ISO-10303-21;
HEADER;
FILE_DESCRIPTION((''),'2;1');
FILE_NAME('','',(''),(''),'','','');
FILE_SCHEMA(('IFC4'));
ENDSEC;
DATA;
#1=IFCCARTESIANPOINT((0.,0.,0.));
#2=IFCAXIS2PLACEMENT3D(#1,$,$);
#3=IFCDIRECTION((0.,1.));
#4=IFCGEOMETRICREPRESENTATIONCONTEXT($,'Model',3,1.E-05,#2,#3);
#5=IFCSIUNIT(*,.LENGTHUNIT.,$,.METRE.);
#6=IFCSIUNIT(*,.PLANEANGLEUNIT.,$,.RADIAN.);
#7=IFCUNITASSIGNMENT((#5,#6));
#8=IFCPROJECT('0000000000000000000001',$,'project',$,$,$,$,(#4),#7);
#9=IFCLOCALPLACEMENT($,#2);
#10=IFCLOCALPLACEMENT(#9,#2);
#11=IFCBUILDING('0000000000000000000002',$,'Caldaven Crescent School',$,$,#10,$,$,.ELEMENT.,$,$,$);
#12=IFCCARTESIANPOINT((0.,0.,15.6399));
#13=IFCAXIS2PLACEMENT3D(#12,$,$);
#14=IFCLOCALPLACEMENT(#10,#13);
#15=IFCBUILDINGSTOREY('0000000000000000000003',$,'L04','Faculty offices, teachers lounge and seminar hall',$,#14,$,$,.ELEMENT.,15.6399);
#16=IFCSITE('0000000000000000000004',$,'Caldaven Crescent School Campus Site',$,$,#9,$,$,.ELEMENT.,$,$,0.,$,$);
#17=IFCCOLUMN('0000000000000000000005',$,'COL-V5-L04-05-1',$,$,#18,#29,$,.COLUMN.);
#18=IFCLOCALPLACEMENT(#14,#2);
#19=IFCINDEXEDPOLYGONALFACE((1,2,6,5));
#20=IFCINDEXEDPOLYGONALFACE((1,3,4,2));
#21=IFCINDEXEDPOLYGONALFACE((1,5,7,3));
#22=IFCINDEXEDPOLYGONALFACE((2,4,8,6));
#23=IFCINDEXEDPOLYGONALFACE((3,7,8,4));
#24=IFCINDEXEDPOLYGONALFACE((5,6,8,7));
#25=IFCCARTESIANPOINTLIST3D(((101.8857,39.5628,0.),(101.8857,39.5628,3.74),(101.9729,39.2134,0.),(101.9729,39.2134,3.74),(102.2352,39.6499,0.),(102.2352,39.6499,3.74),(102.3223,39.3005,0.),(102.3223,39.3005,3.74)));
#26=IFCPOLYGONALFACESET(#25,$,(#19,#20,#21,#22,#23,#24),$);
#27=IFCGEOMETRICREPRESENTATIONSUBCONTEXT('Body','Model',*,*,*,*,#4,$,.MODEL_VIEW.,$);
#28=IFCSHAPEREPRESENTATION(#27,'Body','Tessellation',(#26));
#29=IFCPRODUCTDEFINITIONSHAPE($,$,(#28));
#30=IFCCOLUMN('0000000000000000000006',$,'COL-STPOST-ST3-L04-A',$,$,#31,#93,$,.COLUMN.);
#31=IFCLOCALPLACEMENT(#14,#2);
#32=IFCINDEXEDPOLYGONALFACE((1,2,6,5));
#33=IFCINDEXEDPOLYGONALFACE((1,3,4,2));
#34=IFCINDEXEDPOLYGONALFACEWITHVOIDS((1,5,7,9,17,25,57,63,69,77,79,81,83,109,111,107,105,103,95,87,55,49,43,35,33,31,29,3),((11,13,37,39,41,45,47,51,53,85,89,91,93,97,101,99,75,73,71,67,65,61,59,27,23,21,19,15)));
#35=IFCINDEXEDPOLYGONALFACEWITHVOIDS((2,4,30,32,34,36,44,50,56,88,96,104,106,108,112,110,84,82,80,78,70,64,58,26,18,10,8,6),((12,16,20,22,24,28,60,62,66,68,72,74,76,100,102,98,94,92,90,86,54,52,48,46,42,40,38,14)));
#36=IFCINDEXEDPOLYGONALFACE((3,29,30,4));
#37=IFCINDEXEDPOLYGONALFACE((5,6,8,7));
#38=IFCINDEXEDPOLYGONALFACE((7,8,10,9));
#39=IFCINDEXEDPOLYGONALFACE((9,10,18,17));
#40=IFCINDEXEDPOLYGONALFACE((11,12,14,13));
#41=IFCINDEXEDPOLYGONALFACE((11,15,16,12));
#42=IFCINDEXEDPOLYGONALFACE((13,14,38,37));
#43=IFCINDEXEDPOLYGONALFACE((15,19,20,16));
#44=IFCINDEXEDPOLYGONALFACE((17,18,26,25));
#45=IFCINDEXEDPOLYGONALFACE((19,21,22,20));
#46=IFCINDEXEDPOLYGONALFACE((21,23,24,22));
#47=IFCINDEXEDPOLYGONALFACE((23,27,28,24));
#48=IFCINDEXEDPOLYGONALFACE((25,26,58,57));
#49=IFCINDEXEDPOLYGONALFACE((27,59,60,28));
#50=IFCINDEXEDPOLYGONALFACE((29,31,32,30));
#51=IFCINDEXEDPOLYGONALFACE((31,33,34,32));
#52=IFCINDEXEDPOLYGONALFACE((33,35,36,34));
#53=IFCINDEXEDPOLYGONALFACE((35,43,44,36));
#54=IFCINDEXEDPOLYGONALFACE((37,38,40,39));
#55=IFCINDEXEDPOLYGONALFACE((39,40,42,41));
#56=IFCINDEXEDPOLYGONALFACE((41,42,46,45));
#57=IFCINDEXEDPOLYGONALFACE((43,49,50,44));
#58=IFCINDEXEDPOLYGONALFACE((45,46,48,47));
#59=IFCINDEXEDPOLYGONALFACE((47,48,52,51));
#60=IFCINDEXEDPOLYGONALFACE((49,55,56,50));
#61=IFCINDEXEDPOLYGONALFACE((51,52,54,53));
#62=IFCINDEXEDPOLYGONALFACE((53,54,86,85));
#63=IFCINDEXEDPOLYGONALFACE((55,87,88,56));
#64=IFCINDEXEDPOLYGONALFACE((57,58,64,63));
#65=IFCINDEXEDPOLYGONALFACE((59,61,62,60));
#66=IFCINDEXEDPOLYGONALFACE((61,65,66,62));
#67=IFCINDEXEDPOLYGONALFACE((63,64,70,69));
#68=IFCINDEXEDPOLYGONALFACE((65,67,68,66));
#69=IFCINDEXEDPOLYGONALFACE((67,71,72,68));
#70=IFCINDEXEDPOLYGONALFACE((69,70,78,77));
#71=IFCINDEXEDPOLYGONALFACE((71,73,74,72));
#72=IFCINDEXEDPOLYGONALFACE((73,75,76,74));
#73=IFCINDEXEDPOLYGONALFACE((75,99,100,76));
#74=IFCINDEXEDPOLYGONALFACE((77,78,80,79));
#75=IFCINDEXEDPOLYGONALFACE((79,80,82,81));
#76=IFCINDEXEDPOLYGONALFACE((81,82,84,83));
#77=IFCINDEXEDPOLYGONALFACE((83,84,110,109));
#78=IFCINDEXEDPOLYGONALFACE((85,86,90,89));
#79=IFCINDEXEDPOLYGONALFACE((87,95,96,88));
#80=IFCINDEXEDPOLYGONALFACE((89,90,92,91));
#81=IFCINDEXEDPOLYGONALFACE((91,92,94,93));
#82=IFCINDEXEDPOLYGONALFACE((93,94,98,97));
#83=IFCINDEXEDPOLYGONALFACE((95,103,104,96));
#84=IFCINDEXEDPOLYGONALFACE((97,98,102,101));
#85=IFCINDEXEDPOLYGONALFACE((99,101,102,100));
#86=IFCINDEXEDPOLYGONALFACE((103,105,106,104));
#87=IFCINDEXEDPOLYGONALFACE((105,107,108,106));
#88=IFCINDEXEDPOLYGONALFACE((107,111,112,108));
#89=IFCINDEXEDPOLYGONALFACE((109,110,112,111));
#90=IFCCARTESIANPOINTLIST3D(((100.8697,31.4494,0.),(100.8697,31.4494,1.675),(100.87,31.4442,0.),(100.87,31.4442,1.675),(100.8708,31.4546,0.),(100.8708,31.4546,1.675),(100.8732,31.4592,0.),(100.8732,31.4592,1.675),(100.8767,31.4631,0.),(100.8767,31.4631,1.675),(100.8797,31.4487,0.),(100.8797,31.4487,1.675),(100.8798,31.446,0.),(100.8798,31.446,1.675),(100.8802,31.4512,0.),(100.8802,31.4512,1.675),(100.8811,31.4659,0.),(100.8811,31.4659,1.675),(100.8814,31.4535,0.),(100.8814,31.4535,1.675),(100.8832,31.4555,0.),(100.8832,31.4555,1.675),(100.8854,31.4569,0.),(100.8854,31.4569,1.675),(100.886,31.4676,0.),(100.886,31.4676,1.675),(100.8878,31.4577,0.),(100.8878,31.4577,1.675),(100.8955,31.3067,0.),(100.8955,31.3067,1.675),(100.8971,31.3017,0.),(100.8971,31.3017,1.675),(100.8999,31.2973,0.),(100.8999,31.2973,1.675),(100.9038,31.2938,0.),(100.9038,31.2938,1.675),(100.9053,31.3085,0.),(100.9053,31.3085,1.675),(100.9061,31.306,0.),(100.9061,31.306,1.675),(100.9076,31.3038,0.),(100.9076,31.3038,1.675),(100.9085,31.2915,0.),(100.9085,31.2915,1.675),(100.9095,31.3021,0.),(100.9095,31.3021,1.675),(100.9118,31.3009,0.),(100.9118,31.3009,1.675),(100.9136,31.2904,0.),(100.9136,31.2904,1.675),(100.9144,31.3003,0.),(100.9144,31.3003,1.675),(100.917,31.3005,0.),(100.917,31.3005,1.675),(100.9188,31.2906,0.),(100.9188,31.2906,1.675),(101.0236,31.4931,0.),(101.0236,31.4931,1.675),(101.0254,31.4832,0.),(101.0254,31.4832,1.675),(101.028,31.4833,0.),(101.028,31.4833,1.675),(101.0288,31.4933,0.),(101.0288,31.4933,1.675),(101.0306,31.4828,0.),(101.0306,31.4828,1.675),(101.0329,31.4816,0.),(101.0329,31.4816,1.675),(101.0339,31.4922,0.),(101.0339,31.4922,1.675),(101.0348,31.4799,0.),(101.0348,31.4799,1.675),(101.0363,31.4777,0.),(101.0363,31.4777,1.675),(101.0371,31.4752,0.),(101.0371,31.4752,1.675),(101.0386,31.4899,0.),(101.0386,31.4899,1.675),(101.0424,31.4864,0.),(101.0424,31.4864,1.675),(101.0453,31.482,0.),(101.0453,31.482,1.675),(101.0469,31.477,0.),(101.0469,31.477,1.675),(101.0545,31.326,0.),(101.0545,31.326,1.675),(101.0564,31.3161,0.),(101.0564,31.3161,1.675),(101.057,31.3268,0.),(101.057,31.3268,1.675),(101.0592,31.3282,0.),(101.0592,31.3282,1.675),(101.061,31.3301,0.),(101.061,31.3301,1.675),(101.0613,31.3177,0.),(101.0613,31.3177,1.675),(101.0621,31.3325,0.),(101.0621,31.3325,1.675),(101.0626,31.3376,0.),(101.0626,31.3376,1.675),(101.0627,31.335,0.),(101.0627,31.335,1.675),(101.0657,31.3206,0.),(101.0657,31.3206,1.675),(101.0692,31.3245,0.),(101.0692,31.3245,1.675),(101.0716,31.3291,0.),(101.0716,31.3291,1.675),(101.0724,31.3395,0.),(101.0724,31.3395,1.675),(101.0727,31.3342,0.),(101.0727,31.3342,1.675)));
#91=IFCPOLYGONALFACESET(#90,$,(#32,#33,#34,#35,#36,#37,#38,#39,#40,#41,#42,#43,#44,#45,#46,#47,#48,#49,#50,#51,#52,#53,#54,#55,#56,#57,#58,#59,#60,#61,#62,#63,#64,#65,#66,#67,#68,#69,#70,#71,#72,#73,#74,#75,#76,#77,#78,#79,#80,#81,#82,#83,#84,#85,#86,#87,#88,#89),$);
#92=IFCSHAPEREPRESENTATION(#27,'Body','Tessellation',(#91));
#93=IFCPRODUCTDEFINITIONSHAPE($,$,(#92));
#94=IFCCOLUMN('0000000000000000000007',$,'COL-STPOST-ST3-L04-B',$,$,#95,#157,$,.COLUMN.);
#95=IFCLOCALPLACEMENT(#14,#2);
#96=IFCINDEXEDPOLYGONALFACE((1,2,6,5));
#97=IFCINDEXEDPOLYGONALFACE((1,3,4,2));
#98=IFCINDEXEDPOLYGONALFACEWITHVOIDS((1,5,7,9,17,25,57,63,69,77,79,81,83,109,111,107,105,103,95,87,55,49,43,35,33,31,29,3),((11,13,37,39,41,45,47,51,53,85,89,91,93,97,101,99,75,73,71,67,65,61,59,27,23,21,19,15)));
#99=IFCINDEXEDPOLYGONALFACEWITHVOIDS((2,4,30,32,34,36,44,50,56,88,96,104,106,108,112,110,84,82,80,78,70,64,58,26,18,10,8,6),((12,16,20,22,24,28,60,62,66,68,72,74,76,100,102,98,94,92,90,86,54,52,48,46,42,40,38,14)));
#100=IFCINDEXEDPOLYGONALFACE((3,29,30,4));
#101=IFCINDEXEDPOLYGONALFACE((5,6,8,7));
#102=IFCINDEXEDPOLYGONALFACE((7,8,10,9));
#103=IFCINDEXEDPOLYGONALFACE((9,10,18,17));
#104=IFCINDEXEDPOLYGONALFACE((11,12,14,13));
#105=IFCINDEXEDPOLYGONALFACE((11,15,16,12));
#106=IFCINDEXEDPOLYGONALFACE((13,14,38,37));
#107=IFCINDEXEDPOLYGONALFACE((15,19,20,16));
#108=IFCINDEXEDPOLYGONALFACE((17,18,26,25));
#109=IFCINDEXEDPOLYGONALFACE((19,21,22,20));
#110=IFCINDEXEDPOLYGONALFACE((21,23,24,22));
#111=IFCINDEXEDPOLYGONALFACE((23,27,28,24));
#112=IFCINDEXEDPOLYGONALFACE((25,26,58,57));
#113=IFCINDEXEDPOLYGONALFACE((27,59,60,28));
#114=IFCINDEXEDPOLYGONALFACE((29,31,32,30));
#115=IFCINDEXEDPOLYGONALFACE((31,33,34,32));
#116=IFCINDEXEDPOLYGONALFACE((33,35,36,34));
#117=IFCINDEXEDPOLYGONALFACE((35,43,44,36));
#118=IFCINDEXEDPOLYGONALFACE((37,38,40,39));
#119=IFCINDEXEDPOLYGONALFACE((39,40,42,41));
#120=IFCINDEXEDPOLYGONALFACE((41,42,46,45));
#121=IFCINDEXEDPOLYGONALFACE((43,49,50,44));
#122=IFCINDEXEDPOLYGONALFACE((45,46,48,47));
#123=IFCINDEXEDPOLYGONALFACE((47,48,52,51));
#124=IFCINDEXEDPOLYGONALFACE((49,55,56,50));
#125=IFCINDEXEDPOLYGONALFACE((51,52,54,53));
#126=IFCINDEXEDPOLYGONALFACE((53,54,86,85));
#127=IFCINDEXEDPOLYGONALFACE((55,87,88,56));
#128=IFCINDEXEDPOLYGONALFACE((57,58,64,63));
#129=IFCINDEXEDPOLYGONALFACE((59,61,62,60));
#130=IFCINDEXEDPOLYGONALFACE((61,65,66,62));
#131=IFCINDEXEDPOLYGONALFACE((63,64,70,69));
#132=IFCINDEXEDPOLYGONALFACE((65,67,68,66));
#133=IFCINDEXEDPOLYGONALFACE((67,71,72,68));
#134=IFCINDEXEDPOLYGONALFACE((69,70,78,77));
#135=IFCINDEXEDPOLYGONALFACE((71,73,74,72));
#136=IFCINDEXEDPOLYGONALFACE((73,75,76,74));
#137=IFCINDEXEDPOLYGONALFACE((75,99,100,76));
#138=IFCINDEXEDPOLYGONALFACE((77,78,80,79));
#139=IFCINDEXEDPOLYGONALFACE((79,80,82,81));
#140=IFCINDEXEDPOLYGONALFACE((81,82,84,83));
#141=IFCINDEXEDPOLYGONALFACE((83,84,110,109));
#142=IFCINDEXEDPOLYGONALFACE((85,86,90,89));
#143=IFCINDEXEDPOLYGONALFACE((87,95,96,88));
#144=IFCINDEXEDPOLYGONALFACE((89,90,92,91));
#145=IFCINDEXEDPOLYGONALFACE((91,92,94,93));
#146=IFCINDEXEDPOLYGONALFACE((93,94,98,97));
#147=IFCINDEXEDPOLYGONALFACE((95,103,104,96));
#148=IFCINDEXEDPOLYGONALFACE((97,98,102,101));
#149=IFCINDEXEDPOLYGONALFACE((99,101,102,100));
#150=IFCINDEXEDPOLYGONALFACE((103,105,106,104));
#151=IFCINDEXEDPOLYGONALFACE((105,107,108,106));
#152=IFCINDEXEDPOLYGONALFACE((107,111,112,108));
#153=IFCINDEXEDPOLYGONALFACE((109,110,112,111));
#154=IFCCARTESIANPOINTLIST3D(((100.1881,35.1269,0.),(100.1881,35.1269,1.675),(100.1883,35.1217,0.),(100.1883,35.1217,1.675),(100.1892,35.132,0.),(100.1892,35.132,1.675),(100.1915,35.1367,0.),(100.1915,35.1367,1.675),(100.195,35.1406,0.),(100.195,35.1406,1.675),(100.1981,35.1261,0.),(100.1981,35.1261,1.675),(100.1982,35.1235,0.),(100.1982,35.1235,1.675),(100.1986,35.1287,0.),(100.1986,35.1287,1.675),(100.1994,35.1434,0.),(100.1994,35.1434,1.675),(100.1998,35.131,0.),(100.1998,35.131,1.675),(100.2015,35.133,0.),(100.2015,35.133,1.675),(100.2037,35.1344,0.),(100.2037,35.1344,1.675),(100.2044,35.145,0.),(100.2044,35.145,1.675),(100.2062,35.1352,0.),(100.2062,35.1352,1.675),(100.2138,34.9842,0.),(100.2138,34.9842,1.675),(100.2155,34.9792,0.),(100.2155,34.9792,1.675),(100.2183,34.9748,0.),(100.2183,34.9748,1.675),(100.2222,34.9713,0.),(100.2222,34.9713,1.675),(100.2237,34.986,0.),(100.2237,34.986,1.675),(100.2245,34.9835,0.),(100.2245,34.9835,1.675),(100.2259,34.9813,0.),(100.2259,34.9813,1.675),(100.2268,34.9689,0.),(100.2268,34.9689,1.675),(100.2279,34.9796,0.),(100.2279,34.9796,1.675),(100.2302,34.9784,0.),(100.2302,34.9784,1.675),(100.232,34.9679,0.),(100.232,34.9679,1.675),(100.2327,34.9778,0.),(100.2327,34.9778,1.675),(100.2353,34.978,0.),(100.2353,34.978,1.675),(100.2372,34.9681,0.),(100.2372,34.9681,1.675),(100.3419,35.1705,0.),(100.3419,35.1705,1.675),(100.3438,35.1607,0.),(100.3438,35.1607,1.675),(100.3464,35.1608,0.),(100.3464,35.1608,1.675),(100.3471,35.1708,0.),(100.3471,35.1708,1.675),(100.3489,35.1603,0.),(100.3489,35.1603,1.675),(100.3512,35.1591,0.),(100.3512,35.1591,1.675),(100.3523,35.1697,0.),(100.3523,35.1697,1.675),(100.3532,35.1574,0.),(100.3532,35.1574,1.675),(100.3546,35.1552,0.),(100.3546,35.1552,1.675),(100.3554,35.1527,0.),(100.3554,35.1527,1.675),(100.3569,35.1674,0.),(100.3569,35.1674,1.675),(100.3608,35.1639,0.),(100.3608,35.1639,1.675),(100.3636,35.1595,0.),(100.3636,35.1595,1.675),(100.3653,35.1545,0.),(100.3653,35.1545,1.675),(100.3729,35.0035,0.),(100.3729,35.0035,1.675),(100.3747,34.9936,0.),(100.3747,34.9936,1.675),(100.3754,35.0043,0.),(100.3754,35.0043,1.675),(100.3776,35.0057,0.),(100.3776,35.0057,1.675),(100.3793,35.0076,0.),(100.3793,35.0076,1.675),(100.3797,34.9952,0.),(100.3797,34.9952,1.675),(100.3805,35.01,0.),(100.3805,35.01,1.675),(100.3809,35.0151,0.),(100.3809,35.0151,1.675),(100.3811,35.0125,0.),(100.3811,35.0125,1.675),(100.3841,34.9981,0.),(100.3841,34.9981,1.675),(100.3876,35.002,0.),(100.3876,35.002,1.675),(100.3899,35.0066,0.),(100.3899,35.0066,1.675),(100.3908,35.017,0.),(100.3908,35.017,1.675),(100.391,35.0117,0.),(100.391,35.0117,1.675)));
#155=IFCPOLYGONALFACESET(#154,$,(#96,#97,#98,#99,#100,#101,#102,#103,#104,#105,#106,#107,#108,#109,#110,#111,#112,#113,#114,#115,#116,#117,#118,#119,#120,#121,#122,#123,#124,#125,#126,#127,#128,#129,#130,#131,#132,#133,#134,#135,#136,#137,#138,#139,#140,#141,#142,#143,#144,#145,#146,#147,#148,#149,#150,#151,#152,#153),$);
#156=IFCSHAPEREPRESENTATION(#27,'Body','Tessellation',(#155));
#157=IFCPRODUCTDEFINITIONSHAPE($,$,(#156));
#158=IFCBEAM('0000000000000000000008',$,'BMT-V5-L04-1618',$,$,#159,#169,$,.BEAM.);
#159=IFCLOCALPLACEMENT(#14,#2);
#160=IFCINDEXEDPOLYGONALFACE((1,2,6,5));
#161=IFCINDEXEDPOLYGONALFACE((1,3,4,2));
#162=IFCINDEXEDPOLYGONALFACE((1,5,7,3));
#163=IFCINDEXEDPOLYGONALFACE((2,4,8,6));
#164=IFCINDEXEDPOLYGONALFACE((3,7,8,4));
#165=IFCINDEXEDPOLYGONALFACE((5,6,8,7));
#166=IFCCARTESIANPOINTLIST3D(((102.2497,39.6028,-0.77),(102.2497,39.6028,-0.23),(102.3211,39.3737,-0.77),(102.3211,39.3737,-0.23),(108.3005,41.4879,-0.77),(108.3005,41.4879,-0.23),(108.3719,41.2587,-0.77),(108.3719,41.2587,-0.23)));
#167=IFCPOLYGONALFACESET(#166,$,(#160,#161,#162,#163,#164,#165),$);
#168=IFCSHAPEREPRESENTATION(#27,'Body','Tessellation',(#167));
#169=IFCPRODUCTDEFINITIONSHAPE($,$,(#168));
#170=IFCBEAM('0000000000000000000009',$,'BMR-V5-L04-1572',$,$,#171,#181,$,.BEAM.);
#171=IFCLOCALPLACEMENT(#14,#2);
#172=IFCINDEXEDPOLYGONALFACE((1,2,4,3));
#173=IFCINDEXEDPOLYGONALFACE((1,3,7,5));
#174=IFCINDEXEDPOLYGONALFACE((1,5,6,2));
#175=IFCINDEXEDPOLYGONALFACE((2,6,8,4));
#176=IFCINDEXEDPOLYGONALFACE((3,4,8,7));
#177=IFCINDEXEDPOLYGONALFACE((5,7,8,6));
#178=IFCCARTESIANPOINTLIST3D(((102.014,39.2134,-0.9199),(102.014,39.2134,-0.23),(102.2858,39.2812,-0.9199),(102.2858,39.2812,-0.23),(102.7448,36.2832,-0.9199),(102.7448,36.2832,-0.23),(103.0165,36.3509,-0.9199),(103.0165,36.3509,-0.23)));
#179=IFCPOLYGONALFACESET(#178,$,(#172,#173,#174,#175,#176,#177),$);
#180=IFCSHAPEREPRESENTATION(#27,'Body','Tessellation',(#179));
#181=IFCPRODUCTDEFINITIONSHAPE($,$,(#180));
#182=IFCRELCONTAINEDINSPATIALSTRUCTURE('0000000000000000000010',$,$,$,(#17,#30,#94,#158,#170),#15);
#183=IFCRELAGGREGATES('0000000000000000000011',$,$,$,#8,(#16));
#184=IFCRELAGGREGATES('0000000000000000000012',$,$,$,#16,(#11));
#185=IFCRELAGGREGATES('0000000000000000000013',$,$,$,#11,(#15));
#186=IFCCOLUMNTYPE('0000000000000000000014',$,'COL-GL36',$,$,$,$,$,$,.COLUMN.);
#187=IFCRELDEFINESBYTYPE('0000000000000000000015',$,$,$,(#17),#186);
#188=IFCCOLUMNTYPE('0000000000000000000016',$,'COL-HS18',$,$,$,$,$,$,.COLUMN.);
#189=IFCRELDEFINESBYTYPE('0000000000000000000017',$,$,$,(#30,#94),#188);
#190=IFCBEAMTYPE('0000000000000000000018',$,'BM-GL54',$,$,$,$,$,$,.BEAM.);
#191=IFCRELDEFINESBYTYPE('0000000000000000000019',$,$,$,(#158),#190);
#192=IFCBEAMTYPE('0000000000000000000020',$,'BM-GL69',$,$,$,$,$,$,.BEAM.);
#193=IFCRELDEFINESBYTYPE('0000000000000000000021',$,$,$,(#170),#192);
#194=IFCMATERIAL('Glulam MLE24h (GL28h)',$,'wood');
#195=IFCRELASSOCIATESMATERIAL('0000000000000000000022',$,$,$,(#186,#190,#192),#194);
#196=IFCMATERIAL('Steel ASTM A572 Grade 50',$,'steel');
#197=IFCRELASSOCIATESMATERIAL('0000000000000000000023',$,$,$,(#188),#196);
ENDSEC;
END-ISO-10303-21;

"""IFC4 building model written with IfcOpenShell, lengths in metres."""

from ifc_helpers import new_model, si_unit, direction, frame, origin, origin_2d, place, context, subcontext, project, spatial, rectangle, hollow_rectangle, extrude, material, material_profile, profile_set, type_object, element, save


model = new_model("IFC4")

# Units and contexts
model_context = context("Model", 3, precision=1e-05, world=origin(), true_north=direction((0.0, 1.0)))
body_context = subcontext(model_context, "Body", "Model", "MODEL_VIEW")
ifc_project = project(units=[si_unit("LENGTHUNIT", "METRE"), si_unit("PLANEANGLEUNIT", "RADIAN")], contexts=[model_context])

# Site, building, storey
site_placement = place(None, origin())
site = spatial("IfcSite", under=ifc_project, at=site_placement, Name="Caldaven Crescent School Campus Site", CompositionType="ELEMENT", RefElevation=0.0)
building_placement = place(site_placement, origin())
building = spatial("IfcBuilding", under=site, at=building_placement, Name="Caldaven Crescent School", CompositionType="ELEMENT")
storey_placement = place(building_placement, frame((0.0, 0.0, 15.6399)))
storey = spatial("IfcBuildingStorey", under=building, at=storey_placement, Name="L04", Description="Faculty offices, teachers lounge and seminar hall", CompositionType="ELEMENT", Elevation=15.6399)

# Columns
ifc_material_1 = material(Name="Glulam MLE24h (GL28h)", Category="wood")
ifc_material_profile_1 = material_profile(ifc_material_1, rectangle(XDim=0.3601, YDim=0.3601, at=origin_2d()), Name="MLE 360x360")
ifc_profile_set_1 = profile_set([ifc_material_profile_1], Name="Glulam MLE24h (GL28h)")
column_type_1 = type_object("IfcColumnType", Name="COL-GL36", PredefinedType="COLUMN", material=ifc_profile_set_1)
column_placement = place(storey_placement, frame((102.104, 39.4316, 0.0), z_axis=(0.0, 0.0, 1.0), x_axis=(0.241922, -0.970296, 0.0)))
element("IfcColumn", 1, at=column_placement, inside=storey, type_object=column_type_1, Name="COL-V5-L04-05-1", PredefinedType="COLUMN", context=body_context, shape_type="SweptSolid", body=[
    extrude(rectangle(XDim=0.3601, YDim=0.3601, at=origin_2d()), origin(), (0.0, 0.0, 1.0), 3.74),
])
ifc_material_2 = material(Name="Steel ASTM A572 Grade 50", Category="steel")
ifc_material_profile_2 = material_profile(ifc_material_2, hollow_rectangle(XDim=0.1799, YDim=0.1799, WallThickness=0.01, InnerFilletRadius=0.01, OuterFilletRadius=0.02, at=origin_2d()), Name="HSS 180x180x10")
ifc_profile_set_2 = profile_set([ifc_material_profile_2], Name="Steel ASTM A572 Grade 50")
column_type_2 = type_object("IfcColumnType", Name="COL-HS18", PredefinedType="COLUMN", material=ifc_profile_set_2)
for number, where, z_axis, x_axis, name in (
    (2, (100.9712, 31.3918, 0.0), (0.0, 0.0, 1.0), (0.983255, 0.182236, 0.0), "COL-STPOST-ST3-L04-A"),
    (3, (100.2896, 35.0693, 0.0), (0.0, 0.0, 1.0), (0.983255, 0.182236, 0.0), "COL-STPOST-ST3-L04-B"),
):
    element("IfcColumn", number, at=place(storey_placement, frame(where, z_axis=z_axis, x_axis=x_axis)), inside=storey, type_object=column_type_2, Name=name, PredefinedType="COLUMN", context=body_context, shape_type="SweptSolid", body=[
        extrude(hollow_rectangle(XDim=0.1799, YDim=0.1799, WallThickness=0.01, InnerFilletRadius=0.01, OuterFilletRadius=0.02, at=origin_2d()), origin(), (0.0, 0.0, 1.0), 1.675),
    ])

# Beams
ifc_material_profile_3 = material_profile(ifc_material_1, rectangle(XDim=0.24, YDim=0.54, at=origin_2d()), Name="MLE 240x540")
ifc_profile_set_3 = profile_set([ifc_material_profile_3], Name="Glulam MLE24h (GL28h)")
beam_type_1 = type_object("IfcBeamType", Name="BM-GL54", PredefinedType="BEAM", material=ifc_profile_set_3)
beam_1_placement = place(storey_placement, frame((102.2854, 39.4883, -0.5), z_axis=(0.954743, 0.297433, 0.0), x_axis=(-0.297433, 0.954743, 0.0)))
element("IfcBeam", 4, at=beam_1_placement, inside=storey, type_object=beam_type_1, Name="BMT-V5-L04-1618", PredefinedType="BEAM", context=body_context, shape_type="SweptSolid", body=[
    extrude(rectangle(XDim=0.24, YDim=0.54, at=origin_2d()), origin(), (0.0, 0.0, 1.0), 6.3376),
])
ifc_material_profile_4 = material_profile(ifc_material_1, rectangle(XDim=0.28, YDim=0.6899, at=origin_2d()), Name="MLE 280x690")
ifc_profile_set_4 = profile_set([ifc_material_profile_4], Name="Glulam MLE24h (GL28h)")
beam_type_2 = type_object("IfcBeamType", Name="BM-GL69", PredefinedType="BEAM", material=ifc_profile_set_4)
beam_2_placement = place(storey_placement, frame((102.1499, 39.2473, -0.575), z_axis=(0.241965, -0.970285, 0.0), x_axis=(0.970285, 0.241965, 0.0)))
element("IfcBeam", 5, at=beam_2_placement, inside=storey, type_object=beam_type_2, Name="BMR-V5-L04-1572", PredefinedType="BEAM", context=body_context, shape_type="SweptSolid", body=[
    extrude(rectangle(XDim=0.28, YDim=0.6899, at=origin_2d()), origin(), (0.0, 0.0, 1.0), 3.02),
])

save(model, "model.ifc")
